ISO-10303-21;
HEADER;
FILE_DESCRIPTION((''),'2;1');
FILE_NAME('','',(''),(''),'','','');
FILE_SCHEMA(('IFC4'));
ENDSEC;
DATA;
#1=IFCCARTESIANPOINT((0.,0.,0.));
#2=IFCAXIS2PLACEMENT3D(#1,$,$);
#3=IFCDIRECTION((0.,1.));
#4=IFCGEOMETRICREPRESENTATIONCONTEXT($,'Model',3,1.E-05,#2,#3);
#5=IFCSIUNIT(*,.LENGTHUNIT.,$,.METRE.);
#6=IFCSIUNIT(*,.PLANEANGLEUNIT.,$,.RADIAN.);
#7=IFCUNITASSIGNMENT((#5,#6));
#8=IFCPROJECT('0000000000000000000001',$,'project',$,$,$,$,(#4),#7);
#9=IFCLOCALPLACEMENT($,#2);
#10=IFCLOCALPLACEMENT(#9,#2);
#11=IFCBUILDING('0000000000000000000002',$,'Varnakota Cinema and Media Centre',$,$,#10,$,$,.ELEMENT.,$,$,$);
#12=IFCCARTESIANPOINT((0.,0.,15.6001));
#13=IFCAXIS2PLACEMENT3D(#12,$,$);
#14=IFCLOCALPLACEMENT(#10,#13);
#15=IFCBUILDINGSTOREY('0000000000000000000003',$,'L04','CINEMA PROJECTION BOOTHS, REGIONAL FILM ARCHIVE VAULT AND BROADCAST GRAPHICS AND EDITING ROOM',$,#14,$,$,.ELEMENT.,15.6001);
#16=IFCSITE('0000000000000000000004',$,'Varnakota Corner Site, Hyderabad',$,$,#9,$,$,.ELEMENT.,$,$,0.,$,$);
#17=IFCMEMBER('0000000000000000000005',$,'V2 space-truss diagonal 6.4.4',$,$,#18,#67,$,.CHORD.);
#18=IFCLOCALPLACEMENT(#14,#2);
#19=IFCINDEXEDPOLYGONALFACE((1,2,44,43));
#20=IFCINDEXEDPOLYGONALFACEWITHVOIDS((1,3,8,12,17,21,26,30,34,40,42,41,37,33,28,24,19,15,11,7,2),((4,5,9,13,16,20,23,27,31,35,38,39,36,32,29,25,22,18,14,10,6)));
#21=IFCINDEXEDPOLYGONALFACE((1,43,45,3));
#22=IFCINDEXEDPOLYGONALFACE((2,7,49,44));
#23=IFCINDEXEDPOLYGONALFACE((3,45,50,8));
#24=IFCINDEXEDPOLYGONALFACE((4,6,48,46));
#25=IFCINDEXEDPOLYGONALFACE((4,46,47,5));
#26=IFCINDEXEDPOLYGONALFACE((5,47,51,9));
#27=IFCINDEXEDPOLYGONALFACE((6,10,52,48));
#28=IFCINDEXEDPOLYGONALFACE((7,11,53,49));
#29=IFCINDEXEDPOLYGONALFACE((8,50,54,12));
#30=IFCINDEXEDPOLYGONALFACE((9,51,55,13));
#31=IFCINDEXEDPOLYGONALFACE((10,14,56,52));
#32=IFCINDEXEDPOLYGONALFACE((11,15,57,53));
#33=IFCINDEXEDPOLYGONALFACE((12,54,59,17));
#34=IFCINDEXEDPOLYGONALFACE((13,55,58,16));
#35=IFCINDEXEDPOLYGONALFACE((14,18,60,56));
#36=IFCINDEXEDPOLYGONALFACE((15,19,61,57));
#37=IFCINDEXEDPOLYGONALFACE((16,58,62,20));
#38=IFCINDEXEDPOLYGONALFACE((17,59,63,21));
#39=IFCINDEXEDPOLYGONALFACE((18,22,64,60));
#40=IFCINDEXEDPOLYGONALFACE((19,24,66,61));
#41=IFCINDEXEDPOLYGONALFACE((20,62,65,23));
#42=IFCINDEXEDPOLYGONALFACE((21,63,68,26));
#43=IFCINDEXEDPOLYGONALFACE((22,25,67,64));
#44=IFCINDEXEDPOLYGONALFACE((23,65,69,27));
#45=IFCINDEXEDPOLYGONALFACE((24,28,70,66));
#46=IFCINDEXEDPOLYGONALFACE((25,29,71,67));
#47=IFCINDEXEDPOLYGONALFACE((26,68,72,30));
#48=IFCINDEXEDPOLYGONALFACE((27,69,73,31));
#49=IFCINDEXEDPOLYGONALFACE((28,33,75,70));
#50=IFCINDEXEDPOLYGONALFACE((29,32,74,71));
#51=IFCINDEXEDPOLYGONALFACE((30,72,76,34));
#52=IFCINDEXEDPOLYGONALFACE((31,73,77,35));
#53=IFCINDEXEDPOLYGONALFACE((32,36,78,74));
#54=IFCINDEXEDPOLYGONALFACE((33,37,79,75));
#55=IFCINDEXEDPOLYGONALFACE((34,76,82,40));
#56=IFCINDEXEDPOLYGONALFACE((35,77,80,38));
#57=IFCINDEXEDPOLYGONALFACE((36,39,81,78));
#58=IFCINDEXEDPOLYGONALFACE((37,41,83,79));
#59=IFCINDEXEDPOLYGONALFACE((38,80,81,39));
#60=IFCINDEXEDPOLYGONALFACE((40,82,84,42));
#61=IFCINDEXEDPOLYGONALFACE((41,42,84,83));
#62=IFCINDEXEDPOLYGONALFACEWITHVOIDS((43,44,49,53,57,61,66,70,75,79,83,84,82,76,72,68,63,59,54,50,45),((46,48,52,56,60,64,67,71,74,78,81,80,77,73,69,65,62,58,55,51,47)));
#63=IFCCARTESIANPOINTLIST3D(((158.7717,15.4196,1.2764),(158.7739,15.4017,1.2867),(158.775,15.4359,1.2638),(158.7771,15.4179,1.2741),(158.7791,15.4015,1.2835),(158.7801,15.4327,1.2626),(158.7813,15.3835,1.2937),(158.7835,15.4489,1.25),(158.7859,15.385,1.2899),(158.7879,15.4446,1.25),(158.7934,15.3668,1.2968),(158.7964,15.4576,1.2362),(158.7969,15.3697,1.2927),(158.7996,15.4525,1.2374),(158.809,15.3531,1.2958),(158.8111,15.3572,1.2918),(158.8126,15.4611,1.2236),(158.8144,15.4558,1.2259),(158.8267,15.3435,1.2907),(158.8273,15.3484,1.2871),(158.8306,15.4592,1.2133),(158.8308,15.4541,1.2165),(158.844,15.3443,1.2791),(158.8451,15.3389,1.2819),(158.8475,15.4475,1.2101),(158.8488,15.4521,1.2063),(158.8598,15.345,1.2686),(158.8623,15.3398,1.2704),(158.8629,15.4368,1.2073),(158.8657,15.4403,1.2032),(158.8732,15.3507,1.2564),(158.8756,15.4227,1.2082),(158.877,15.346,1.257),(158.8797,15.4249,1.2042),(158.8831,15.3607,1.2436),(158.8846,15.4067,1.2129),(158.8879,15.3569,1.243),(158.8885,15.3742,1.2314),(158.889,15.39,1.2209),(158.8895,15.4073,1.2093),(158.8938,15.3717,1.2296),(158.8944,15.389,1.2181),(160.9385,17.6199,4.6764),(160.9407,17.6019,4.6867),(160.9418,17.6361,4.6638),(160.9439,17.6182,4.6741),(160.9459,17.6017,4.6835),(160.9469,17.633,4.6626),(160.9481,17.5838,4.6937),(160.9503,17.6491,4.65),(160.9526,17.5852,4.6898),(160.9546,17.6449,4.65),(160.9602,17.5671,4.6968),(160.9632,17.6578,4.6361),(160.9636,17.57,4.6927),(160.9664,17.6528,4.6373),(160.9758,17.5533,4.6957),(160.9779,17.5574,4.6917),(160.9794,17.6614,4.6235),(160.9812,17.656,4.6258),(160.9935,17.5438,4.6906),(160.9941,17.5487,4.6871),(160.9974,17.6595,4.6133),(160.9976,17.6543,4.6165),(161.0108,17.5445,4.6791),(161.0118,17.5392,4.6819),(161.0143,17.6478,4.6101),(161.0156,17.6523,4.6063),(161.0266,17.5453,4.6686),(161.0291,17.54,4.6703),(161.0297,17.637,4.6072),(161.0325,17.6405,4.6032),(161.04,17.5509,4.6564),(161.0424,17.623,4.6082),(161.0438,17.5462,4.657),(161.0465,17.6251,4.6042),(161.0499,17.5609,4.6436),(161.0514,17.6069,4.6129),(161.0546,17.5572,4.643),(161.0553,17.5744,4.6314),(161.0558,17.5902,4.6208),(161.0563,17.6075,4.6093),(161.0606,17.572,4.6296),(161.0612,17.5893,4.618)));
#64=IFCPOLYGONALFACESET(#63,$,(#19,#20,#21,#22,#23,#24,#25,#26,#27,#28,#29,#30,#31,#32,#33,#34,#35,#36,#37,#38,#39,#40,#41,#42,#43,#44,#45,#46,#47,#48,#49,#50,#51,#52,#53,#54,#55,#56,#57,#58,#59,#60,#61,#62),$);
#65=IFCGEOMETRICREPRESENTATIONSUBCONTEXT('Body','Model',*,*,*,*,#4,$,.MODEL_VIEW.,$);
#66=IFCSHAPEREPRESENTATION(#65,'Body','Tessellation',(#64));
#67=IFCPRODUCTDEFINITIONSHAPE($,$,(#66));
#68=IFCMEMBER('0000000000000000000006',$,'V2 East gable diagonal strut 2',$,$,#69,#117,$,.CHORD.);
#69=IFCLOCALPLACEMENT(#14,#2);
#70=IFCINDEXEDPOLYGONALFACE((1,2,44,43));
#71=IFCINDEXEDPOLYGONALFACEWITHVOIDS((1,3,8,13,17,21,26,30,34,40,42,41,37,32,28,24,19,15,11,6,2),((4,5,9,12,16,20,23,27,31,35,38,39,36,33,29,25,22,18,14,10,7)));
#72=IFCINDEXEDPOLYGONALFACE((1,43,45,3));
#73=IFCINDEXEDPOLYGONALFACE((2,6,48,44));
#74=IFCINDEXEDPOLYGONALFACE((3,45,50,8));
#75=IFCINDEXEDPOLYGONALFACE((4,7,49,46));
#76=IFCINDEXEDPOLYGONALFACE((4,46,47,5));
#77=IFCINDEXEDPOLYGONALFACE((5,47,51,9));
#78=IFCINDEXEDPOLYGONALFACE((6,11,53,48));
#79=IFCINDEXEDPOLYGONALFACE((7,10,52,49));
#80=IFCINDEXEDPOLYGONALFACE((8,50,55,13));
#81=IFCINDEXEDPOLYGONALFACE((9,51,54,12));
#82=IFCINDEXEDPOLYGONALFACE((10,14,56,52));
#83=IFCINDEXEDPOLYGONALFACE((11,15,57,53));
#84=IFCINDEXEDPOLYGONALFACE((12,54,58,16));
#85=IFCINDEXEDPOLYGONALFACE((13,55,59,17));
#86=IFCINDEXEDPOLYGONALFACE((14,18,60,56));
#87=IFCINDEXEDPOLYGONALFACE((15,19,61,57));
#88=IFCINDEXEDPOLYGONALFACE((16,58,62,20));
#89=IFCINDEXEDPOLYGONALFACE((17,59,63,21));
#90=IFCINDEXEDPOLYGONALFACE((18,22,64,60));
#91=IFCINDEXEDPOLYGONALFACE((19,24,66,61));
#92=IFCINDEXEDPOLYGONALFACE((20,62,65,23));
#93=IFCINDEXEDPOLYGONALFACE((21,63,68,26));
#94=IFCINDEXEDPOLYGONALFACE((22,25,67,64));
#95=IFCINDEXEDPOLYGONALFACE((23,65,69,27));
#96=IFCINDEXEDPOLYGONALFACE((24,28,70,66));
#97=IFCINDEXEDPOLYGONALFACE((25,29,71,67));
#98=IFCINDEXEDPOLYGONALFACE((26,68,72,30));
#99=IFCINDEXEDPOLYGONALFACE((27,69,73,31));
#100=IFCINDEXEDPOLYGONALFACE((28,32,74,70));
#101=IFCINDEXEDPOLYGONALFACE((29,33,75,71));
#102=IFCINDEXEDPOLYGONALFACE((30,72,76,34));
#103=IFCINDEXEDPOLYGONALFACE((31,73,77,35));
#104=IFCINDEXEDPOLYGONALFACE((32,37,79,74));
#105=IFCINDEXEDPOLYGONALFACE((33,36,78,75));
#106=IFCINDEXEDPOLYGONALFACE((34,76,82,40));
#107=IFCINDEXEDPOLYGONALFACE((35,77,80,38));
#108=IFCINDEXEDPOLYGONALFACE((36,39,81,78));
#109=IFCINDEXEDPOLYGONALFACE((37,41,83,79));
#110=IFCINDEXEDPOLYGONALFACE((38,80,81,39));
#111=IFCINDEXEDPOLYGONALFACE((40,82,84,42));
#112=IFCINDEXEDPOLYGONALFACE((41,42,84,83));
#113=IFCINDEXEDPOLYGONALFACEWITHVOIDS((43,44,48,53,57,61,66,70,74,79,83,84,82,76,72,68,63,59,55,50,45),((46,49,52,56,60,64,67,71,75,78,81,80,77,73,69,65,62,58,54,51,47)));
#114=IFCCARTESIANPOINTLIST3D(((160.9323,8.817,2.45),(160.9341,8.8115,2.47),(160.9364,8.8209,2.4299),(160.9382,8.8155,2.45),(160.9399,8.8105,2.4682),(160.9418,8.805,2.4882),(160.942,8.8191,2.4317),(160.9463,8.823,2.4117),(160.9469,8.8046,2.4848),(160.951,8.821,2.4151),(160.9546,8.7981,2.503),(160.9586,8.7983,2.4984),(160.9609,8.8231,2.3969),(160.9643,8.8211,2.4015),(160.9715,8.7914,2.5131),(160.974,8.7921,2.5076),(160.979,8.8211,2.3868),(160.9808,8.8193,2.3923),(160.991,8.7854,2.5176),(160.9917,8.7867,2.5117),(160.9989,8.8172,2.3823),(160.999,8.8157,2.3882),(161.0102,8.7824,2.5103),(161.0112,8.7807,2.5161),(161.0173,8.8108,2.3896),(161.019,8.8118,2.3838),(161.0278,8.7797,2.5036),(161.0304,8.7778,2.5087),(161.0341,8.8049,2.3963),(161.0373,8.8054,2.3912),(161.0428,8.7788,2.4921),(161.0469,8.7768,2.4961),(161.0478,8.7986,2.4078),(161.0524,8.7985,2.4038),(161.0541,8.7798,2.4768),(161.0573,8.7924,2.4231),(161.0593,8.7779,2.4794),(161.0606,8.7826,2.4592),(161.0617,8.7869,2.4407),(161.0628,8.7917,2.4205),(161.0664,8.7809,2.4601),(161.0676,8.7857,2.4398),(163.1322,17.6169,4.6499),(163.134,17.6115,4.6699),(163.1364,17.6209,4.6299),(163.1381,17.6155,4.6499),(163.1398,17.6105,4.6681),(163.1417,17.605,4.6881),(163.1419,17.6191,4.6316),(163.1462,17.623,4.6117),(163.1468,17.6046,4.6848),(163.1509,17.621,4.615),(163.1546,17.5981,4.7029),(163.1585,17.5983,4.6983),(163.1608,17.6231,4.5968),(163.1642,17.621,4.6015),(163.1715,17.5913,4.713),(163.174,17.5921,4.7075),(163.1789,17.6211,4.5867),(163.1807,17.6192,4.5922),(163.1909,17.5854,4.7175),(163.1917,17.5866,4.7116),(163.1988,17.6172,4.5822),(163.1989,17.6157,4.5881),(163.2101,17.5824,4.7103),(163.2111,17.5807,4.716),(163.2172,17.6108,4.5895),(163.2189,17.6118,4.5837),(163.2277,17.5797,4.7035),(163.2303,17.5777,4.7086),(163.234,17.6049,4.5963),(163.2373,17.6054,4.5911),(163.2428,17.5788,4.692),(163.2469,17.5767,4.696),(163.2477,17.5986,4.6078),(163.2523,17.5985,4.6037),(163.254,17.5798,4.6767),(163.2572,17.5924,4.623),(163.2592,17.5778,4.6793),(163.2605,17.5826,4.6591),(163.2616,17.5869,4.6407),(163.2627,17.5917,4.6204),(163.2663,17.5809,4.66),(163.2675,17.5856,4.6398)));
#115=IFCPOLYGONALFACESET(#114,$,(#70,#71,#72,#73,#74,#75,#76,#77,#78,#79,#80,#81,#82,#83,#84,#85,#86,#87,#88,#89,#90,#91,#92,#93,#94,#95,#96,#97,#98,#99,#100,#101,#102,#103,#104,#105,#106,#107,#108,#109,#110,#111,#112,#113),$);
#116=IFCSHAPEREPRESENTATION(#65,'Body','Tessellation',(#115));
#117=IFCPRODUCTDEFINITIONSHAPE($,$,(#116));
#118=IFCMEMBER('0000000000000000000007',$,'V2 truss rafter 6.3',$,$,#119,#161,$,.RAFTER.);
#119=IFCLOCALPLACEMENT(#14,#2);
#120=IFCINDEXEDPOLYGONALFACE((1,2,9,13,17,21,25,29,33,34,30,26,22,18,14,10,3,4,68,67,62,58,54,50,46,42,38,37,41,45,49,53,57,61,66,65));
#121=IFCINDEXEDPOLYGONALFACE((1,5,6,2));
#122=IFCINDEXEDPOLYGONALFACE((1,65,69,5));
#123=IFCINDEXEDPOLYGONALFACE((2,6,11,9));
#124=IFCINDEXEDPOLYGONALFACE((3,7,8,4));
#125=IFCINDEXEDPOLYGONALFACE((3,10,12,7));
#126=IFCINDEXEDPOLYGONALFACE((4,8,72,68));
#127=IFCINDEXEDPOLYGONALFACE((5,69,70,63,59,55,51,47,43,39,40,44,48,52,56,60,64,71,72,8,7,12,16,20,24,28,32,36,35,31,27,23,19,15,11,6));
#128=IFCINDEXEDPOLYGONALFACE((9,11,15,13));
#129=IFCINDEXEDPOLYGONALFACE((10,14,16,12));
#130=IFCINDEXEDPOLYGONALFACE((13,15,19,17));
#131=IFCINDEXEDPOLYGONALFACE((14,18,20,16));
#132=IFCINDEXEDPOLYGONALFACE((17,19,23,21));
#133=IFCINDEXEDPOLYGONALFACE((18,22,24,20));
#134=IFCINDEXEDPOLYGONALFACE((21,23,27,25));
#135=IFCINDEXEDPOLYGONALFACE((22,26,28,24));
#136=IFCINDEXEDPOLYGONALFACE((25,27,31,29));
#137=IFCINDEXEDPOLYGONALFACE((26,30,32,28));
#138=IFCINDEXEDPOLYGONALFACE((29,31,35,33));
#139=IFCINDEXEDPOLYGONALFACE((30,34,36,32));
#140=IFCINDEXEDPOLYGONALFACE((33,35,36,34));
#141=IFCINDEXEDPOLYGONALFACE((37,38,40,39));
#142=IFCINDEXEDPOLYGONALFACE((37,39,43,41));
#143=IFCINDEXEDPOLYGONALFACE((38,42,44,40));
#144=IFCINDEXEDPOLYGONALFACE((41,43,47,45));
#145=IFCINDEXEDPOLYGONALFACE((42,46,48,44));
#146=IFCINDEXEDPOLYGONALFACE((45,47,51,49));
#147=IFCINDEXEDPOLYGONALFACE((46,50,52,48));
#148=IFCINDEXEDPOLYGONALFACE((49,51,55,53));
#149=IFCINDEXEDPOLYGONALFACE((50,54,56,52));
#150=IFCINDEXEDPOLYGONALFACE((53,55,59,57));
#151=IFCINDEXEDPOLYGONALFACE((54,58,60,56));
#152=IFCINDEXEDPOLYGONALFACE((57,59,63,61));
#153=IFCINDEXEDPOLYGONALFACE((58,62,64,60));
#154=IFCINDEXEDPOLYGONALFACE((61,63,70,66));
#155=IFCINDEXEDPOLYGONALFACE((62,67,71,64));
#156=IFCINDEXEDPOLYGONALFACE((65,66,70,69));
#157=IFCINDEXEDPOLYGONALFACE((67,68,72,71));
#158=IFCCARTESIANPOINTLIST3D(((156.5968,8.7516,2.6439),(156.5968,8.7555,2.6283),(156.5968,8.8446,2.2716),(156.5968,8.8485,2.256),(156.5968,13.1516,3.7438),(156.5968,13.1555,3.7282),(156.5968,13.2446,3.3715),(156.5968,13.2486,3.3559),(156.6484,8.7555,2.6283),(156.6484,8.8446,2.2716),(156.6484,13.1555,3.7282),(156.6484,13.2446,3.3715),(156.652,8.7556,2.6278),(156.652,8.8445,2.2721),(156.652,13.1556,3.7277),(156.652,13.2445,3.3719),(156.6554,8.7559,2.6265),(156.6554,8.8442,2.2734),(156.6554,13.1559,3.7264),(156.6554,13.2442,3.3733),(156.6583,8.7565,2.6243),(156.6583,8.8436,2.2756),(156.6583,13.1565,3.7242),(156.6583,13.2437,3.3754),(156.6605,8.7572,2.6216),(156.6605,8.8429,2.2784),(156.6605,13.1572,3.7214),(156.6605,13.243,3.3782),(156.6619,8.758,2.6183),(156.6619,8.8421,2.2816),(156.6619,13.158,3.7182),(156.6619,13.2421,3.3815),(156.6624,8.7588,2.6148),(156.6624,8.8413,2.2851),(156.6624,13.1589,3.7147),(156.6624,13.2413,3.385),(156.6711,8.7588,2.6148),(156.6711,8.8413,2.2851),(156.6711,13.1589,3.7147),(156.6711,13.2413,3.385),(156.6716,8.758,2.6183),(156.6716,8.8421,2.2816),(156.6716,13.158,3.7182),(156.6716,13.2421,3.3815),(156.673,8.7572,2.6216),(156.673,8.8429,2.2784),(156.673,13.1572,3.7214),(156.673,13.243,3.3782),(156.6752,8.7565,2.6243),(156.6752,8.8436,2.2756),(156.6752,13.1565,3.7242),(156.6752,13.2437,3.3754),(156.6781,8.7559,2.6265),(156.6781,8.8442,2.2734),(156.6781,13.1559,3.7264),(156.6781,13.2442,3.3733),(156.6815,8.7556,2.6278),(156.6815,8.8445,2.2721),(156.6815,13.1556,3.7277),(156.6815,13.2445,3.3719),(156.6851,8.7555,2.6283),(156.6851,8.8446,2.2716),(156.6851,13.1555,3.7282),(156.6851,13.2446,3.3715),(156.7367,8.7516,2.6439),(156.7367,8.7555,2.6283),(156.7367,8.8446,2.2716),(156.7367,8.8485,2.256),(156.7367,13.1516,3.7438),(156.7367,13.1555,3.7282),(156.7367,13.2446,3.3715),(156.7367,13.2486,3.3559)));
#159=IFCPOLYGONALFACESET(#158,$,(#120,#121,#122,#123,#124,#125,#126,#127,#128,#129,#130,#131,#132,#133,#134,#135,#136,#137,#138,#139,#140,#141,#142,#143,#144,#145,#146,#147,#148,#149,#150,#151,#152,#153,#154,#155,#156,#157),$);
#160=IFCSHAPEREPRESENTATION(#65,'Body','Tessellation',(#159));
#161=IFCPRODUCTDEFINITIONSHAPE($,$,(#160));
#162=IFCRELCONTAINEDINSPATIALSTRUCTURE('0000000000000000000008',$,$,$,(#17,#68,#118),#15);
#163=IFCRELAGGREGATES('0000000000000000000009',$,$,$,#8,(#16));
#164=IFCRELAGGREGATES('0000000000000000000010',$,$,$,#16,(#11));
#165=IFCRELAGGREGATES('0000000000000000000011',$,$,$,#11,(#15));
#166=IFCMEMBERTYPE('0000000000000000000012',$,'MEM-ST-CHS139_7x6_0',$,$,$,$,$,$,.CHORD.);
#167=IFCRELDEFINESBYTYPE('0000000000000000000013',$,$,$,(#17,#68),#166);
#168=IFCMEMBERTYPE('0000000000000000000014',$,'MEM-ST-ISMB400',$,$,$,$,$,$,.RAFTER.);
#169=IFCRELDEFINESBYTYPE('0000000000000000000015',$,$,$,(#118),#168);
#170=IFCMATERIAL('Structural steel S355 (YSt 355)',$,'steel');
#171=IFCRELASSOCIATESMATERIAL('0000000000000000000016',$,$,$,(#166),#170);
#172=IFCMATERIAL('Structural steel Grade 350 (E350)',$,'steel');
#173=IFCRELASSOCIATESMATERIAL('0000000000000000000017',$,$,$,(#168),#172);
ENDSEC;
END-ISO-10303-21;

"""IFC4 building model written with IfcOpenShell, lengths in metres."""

from ifc_helpers import new_model, si_unit, direction, frame, origin, origin_2d, place, context, subcontext, project, spatial, hollow_circle, i_section, extrude, material, material_profile, profile_set, type_object, element, save


model = new_model("IFC4")

# Units and contexts
model_context = context("Model", 3, precision=1e-05, world=origin(), true_north=direction((0.0, 1.0)))
body_context = subcontext(model_context, "Body", "Model", "MODEL_VIEW")
ifc_project = project(units=[si_unit("LENGTHUNIT", "METRE"), si_unit("PLANEANGLEUNIT", "RADIAN")], contexts=[model_context])

# Site, building, storey
site_placement = place(None, origin())
site = spatial("IfcSite", under=ifc_project, at=site_placement, Name="Varnakota Corner Site, Hyderabad", CompositionType="ELEMENT", RefElevation=0.0)
building_placement = place(site_placement, origin())
building = spatial("IfcBuilding", under=site, at=building_placement, Name="Varnakota Cinema and Media Centre", CompositionType="ELEMENT")
storey_placement = place(building_placement, frame((0.0, 0.0, 15.6001)))
storey = spatial("IfcBuildingStorey", under=building, at=storey_placement, Name="L04", Description="CINEMA PROJECTION BOOTHS, REGIONAL FILM ARCHIVE VAULT AND BROADCAST GRAPHICS AND EDITING ROOM", CompositionType="ELEMENT", Elevation=15.6001)

# Members
ifc_material_1 = material(Name="Structural steel S355 (YSt 355)", Category="steel")
ifc_material_profile_1 = material_profile(ifc_material_1, hollow_circle(Radius=0.0698, WallThickness=0.0061, at=origin_2d()), Name="CHS 139.7x6.0")
ifc_profile_set_1 = profile_set([ifc_material_profile_1], Name="Structural steel S355 (YSt 355)")
member_type_1 = type_object("IfcMemberType", Name="MEM-ST-CHS139_7x6_0", PredefinedType="CHORD", material=ifc_profile_set_1)
member_1_placement = place(storey_placement, frame((158.8333, 15.3999, 1.25), z_axis=(0.471757, 0.47904, 0.740247), x_axis=(-0.712502, 0.70167, 0.0)))
element("IfcMember", 1, at=member_1_placement, inside=storey, type_object=member_type_1, Name="V2 space-truss diagonal 6.4.4", PredefinedType="CHORD", context=body_context, shape_type="SweptSolid", body=[
    extrude(hollow_circle(Radius=0.0698, WallThickness=0.0061, at=origin_2d()), origin(), (0.0, 0.0, 1.0), 4.593),
])
member_2_placement = place(storey_placement, frame((161.0, 8.8, 2.45), z_axis=(0.235696, 0.942812, 0.235696), x_axis=(-0.970144, 0.242529, 0.0)))
element("IfcMember", 2, at=member_2_placement, inside=storey, type_object=member_type_1, Name="V2 East gable diagonal strut 2", PredefinedType="CHORD", context=body_context, shape_type="SweptSolid", body=[
    extrude(hollow_circle(Radius=0.0698, WallThickness=0.0061, at=origin_2d()), origin(), (0.0, 0.0, 1.0), 9.3337),
])
ifc_material_2 = material(Name="Structural steel Grade 350 (E350)", Category="steel")
ifc_material_profile_2 = material_profile(ifc_material_2, i_section(OverallWidth=0.1399, OverallDepth=0.3999, WebThickness=0.0088, FlangeThickness=0.0161, FilletRadius=0.0139, at=origin_2d()), Name="ISMB 400")
ifc_profile_set_2 = profile_set([ifc_material_profile_2], Name="Structural steel Grade 350 (E350)")
member_type_2 = type_object("IfcMemberType", Name="MEM-ST-ISMB400", PredefinedType="RAFTER", material=ifc_profile_set_2)
member_3_placement = place(storey_placement, frame((156.6667, 8.8, 2.45), z_axis=(0.0, 0.970149, 0.24251), x_axis=(-1.0, 0.0, 0.0)))
element("IfcMember", 3, at=member_3_placement, inside=storey, type_object=member_type_2, Name="V2 truss rafter 6.3", PredefinedType="RAFTER", context=body_context, shape_type="SweptSolid", body=[
    extrude(i_section(OverallWidth=0.1399, OverallDepth=0.3999, WebThickness=0.0088, FlangeThickness=0.0161, FilletRadius=0.0139, at=origin_2d()), origin(), (0.0, 0.0, 1.0), 4.5354),
])

save(model, "model.ifc")
